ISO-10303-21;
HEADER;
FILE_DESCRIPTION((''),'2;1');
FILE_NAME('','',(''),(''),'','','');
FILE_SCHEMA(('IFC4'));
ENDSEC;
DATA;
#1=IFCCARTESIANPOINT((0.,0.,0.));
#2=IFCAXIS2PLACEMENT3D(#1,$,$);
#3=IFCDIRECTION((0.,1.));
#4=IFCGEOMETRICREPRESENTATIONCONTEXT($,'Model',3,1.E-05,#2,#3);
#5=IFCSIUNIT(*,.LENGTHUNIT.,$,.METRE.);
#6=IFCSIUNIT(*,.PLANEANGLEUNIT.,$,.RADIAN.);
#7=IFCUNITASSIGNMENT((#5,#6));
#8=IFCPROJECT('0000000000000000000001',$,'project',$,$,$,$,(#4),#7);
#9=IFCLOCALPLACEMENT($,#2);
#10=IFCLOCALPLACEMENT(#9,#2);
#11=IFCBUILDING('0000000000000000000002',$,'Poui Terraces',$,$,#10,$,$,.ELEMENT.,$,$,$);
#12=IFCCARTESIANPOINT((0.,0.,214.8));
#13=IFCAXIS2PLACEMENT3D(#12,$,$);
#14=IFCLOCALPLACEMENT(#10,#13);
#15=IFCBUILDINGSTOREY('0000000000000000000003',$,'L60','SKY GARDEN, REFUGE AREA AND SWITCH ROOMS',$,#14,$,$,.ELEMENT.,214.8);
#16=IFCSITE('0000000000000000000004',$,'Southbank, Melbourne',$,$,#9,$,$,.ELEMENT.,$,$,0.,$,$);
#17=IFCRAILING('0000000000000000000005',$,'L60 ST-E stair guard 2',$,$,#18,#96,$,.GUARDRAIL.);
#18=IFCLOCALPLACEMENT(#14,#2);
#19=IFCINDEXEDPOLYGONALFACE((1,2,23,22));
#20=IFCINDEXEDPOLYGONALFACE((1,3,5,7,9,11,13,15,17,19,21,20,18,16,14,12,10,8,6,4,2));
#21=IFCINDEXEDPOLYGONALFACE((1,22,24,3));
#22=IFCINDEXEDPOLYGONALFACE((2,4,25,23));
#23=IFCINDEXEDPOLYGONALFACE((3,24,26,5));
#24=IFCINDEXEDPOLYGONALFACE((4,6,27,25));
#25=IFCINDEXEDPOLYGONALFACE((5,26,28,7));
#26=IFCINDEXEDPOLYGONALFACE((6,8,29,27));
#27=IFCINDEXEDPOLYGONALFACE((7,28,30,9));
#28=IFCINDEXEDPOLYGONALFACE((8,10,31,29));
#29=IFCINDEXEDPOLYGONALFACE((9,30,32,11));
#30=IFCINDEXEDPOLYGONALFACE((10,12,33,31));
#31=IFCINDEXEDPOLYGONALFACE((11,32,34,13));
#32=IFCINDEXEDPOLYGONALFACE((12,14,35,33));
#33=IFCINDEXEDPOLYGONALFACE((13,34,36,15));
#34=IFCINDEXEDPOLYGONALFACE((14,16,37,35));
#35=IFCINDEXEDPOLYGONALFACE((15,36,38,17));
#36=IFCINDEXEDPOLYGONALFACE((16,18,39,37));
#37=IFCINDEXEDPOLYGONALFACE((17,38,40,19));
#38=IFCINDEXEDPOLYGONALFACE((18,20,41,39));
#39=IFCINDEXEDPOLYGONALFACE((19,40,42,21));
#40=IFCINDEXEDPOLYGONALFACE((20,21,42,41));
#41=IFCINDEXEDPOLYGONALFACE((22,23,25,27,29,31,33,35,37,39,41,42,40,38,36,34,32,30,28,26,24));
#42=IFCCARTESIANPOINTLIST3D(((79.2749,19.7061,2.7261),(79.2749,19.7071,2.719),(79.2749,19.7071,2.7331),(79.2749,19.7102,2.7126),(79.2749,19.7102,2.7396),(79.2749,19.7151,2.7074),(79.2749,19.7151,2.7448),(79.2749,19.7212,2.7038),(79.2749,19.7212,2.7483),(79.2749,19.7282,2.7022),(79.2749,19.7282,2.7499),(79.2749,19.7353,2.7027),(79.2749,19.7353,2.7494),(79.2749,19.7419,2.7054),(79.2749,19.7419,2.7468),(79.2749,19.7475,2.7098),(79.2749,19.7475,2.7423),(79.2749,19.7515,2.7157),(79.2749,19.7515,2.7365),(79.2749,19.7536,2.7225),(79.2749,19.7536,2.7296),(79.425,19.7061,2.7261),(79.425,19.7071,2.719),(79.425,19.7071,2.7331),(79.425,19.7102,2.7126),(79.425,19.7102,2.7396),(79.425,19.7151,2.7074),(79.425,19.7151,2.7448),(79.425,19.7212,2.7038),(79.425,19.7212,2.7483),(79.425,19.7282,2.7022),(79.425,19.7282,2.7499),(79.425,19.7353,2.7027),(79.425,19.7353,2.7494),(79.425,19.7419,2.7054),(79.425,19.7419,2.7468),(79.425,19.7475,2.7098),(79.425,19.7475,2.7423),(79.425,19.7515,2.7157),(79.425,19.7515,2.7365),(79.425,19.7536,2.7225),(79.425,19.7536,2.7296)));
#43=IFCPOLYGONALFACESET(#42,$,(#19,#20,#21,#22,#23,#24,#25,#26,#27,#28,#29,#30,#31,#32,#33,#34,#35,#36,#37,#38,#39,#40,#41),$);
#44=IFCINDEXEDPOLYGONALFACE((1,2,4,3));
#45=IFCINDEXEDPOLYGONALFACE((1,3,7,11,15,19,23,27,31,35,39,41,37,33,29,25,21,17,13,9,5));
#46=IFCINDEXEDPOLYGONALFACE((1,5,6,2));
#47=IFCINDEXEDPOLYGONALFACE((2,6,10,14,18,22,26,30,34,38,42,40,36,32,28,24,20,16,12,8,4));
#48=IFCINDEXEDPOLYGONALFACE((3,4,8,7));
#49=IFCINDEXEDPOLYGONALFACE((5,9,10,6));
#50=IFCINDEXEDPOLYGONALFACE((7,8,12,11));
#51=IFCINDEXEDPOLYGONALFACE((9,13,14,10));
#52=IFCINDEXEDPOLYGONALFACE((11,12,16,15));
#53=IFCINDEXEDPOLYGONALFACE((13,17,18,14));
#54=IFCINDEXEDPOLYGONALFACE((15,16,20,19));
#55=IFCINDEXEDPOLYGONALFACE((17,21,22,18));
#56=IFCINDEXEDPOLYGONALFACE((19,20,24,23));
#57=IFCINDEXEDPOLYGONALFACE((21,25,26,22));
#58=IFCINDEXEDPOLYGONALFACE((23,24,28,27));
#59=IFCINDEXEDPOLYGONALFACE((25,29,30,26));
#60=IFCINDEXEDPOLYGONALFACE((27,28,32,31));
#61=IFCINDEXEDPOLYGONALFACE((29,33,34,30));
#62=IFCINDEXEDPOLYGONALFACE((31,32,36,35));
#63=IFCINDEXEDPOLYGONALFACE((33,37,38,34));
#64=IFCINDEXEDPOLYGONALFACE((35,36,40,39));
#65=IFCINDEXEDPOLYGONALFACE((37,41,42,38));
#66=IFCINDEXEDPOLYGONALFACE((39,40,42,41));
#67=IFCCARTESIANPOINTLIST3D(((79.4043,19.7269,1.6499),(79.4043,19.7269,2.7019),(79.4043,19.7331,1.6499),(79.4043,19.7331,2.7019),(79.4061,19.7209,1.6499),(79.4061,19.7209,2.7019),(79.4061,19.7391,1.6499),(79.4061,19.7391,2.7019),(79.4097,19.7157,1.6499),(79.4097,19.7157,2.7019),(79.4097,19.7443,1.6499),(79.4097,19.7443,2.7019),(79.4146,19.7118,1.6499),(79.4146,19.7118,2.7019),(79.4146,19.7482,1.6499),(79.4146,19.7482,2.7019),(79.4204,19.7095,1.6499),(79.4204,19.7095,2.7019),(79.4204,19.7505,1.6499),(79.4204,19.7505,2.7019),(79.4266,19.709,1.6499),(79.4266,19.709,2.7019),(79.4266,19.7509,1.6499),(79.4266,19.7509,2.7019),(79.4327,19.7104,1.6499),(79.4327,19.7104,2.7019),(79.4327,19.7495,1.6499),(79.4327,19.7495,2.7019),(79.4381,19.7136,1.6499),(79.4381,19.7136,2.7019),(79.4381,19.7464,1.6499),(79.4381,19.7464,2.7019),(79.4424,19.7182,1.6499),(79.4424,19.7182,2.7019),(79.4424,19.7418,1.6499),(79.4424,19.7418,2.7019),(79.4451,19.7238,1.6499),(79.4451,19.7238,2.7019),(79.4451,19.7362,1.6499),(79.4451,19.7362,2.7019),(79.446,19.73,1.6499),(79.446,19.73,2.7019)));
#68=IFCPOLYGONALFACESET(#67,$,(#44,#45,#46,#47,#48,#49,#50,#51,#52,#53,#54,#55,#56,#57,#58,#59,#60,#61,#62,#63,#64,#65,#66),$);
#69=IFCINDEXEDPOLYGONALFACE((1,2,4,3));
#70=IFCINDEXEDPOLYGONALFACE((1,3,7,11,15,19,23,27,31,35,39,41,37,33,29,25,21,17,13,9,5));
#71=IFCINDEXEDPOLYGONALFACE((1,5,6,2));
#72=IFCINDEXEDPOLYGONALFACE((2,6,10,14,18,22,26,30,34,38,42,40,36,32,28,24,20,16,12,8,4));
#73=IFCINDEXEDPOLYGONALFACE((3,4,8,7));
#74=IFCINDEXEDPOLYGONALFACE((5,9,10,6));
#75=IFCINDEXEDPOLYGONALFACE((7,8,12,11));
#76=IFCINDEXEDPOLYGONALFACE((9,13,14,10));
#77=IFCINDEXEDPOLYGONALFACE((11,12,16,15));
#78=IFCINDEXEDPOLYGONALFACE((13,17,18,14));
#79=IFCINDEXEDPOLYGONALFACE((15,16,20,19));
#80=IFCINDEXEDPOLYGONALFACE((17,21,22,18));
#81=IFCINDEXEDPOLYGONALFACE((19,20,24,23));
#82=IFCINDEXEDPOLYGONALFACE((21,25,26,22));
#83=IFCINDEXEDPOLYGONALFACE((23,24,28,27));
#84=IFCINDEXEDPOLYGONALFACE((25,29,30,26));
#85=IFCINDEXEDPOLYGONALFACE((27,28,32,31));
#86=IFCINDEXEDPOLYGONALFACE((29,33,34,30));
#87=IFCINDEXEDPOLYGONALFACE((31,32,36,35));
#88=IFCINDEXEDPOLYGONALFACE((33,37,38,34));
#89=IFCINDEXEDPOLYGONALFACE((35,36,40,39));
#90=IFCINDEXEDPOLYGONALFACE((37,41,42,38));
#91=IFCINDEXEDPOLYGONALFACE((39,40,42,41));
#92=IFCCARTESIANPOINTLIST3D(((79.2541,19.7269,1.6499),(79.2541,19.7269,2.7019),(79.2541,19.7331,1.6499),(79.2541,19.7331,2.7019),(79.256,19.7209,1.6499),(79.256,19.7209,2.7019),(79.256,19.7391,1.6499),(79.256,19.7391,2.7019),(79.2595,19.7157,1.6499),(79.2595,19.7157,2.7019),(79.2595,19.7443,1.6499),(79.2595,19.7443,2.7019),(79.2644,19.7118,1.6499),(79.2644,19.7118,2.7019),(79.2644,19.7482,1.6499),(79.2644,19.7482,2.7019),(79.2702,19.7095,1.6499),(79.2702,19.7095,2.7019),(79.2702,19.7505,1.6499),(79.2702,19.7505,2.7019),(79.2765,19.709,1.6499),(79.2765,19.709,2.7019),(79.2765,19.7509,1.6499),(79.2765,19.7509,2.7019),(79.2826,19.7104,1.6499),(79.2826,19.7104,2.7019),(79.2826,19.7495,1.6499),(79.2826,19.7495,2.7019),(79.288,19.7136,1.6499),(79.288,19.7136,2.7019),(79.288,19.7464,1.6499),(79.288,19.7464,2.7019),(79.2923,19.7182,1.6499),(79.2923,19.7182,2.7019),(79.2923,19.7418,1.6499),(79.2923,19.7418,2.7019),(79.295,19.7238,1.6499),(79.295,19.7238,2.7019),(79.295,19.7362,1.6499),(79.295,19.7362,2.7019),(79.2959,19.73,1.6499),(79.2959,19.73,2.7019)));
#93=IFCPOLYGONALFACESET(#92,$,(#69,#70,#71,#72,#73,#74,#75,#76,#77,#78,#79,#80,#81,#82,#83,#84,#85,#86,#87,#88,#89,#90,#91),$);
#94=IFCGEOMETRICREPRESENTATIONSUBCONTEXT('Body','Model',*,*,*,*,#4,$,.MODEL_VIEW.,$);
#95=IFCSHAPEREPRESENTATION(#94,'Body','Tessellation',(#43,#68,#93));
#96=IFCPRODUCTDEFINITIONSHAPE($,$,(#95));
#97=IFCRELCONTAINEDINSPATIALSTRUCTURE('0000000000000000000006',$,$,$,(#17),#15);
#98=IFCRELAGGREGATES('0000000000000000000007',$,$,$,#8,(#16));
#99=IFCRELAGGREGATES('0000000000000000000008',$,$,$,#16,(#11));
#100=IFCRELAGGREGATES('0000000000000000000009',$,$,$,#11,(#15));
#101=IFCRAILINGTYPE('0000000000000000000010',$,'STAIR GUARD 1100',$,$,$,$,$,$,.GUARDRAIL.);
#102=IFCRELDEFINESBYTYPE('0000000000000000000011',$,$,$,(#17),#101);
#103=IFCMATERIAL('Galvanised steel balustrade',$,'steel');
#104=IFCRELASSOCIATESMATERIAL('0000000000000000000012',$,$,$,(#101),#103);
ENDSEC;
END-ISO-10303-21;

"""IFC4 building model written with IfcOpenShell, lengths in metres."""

from ifc_helpers import new_model, si_unit, direction, frame, origin, origin_2d, place, context, subcontext, project, spatial, circle, extrude, material, type_object, element, save


model = new_model("IFC4")

# Units and contexts
model_context = context("Model", 3, precision=1e-05, world=origin(), true_north=direction((0.0, 1.0)))
body_context = subcontext(model_context, "Body", "Model", "MODEL_VIEW")
ifc_project = project(units=[si_unit("LENGTHUNIT", "METRE"), si_unit("PLANEANGLEUNIT", "RADIAN")], contexts=[model_context])

# Site, building, storey
site_placement = place(None, origin())
site = spatial("IfcSite", under=ifc_project, at=site_placement, Name="Southbank, Melbourne", CompositionType="ELEMENT", RefElevation=0.0)
building_placement = place(site_placement, origin())
building = spatial("IfcBuilding", under=site, at=building_placement, Name="Poui Terraces", CompositionType="ELEMENT")
storey_placement = place(building_placement, frame((0.0, 0.0, 214.8)))
storey = spatial("IfcBuildingStorey", under=building, at=storey_placement, Name="L60", Description="SKY GARDEN, REFUGE AREA AND SWITCH ROOMS", CompositionType="ELEMENT", Elevation=214.8)

# Railing
ifc_material_1 = material(Name="Galvanised steel balustrade", Category="steel")
railing_type_1 = type_object("IfcRailingType", Name="STAIR GUARD 1100", PredefinedType="GUARDRAIL", material=ifc_material_1)
railing_1_placement = place(storey_placement, frame((79.425, 19.73, 1.6499)))
element("IfcRailing", 1, at=railing_1_placement, inside=storey, type_object=railing_type_1, Name="L60 ST-E stair guard 2", PredefinedType="GUARDRAIL", context=body_context, shape_type="SweptSolid", body=[
    extrude(circle(Radius=0.0239, at=origin_2d()), frame((0.0, 0.0, 1.0762), z_axis=(-1.0, 0.0, 0.0), x_axis=(0.0, -1.0, 0.0)), (0.0, 0.0, 1.0), 0.1501),
    extrude(circle(Radius=0.021, at=origin_2d()), origin(), (0.0, 0.0, 1.0), 1.052),
    extrude(circle(Radius=0.021, at=origin_2d()), frame((-0.1501, 0.0, 0.0)), (0.0, 0.0, 1.0), 1.052),
])

save(model, "model.ifc")
